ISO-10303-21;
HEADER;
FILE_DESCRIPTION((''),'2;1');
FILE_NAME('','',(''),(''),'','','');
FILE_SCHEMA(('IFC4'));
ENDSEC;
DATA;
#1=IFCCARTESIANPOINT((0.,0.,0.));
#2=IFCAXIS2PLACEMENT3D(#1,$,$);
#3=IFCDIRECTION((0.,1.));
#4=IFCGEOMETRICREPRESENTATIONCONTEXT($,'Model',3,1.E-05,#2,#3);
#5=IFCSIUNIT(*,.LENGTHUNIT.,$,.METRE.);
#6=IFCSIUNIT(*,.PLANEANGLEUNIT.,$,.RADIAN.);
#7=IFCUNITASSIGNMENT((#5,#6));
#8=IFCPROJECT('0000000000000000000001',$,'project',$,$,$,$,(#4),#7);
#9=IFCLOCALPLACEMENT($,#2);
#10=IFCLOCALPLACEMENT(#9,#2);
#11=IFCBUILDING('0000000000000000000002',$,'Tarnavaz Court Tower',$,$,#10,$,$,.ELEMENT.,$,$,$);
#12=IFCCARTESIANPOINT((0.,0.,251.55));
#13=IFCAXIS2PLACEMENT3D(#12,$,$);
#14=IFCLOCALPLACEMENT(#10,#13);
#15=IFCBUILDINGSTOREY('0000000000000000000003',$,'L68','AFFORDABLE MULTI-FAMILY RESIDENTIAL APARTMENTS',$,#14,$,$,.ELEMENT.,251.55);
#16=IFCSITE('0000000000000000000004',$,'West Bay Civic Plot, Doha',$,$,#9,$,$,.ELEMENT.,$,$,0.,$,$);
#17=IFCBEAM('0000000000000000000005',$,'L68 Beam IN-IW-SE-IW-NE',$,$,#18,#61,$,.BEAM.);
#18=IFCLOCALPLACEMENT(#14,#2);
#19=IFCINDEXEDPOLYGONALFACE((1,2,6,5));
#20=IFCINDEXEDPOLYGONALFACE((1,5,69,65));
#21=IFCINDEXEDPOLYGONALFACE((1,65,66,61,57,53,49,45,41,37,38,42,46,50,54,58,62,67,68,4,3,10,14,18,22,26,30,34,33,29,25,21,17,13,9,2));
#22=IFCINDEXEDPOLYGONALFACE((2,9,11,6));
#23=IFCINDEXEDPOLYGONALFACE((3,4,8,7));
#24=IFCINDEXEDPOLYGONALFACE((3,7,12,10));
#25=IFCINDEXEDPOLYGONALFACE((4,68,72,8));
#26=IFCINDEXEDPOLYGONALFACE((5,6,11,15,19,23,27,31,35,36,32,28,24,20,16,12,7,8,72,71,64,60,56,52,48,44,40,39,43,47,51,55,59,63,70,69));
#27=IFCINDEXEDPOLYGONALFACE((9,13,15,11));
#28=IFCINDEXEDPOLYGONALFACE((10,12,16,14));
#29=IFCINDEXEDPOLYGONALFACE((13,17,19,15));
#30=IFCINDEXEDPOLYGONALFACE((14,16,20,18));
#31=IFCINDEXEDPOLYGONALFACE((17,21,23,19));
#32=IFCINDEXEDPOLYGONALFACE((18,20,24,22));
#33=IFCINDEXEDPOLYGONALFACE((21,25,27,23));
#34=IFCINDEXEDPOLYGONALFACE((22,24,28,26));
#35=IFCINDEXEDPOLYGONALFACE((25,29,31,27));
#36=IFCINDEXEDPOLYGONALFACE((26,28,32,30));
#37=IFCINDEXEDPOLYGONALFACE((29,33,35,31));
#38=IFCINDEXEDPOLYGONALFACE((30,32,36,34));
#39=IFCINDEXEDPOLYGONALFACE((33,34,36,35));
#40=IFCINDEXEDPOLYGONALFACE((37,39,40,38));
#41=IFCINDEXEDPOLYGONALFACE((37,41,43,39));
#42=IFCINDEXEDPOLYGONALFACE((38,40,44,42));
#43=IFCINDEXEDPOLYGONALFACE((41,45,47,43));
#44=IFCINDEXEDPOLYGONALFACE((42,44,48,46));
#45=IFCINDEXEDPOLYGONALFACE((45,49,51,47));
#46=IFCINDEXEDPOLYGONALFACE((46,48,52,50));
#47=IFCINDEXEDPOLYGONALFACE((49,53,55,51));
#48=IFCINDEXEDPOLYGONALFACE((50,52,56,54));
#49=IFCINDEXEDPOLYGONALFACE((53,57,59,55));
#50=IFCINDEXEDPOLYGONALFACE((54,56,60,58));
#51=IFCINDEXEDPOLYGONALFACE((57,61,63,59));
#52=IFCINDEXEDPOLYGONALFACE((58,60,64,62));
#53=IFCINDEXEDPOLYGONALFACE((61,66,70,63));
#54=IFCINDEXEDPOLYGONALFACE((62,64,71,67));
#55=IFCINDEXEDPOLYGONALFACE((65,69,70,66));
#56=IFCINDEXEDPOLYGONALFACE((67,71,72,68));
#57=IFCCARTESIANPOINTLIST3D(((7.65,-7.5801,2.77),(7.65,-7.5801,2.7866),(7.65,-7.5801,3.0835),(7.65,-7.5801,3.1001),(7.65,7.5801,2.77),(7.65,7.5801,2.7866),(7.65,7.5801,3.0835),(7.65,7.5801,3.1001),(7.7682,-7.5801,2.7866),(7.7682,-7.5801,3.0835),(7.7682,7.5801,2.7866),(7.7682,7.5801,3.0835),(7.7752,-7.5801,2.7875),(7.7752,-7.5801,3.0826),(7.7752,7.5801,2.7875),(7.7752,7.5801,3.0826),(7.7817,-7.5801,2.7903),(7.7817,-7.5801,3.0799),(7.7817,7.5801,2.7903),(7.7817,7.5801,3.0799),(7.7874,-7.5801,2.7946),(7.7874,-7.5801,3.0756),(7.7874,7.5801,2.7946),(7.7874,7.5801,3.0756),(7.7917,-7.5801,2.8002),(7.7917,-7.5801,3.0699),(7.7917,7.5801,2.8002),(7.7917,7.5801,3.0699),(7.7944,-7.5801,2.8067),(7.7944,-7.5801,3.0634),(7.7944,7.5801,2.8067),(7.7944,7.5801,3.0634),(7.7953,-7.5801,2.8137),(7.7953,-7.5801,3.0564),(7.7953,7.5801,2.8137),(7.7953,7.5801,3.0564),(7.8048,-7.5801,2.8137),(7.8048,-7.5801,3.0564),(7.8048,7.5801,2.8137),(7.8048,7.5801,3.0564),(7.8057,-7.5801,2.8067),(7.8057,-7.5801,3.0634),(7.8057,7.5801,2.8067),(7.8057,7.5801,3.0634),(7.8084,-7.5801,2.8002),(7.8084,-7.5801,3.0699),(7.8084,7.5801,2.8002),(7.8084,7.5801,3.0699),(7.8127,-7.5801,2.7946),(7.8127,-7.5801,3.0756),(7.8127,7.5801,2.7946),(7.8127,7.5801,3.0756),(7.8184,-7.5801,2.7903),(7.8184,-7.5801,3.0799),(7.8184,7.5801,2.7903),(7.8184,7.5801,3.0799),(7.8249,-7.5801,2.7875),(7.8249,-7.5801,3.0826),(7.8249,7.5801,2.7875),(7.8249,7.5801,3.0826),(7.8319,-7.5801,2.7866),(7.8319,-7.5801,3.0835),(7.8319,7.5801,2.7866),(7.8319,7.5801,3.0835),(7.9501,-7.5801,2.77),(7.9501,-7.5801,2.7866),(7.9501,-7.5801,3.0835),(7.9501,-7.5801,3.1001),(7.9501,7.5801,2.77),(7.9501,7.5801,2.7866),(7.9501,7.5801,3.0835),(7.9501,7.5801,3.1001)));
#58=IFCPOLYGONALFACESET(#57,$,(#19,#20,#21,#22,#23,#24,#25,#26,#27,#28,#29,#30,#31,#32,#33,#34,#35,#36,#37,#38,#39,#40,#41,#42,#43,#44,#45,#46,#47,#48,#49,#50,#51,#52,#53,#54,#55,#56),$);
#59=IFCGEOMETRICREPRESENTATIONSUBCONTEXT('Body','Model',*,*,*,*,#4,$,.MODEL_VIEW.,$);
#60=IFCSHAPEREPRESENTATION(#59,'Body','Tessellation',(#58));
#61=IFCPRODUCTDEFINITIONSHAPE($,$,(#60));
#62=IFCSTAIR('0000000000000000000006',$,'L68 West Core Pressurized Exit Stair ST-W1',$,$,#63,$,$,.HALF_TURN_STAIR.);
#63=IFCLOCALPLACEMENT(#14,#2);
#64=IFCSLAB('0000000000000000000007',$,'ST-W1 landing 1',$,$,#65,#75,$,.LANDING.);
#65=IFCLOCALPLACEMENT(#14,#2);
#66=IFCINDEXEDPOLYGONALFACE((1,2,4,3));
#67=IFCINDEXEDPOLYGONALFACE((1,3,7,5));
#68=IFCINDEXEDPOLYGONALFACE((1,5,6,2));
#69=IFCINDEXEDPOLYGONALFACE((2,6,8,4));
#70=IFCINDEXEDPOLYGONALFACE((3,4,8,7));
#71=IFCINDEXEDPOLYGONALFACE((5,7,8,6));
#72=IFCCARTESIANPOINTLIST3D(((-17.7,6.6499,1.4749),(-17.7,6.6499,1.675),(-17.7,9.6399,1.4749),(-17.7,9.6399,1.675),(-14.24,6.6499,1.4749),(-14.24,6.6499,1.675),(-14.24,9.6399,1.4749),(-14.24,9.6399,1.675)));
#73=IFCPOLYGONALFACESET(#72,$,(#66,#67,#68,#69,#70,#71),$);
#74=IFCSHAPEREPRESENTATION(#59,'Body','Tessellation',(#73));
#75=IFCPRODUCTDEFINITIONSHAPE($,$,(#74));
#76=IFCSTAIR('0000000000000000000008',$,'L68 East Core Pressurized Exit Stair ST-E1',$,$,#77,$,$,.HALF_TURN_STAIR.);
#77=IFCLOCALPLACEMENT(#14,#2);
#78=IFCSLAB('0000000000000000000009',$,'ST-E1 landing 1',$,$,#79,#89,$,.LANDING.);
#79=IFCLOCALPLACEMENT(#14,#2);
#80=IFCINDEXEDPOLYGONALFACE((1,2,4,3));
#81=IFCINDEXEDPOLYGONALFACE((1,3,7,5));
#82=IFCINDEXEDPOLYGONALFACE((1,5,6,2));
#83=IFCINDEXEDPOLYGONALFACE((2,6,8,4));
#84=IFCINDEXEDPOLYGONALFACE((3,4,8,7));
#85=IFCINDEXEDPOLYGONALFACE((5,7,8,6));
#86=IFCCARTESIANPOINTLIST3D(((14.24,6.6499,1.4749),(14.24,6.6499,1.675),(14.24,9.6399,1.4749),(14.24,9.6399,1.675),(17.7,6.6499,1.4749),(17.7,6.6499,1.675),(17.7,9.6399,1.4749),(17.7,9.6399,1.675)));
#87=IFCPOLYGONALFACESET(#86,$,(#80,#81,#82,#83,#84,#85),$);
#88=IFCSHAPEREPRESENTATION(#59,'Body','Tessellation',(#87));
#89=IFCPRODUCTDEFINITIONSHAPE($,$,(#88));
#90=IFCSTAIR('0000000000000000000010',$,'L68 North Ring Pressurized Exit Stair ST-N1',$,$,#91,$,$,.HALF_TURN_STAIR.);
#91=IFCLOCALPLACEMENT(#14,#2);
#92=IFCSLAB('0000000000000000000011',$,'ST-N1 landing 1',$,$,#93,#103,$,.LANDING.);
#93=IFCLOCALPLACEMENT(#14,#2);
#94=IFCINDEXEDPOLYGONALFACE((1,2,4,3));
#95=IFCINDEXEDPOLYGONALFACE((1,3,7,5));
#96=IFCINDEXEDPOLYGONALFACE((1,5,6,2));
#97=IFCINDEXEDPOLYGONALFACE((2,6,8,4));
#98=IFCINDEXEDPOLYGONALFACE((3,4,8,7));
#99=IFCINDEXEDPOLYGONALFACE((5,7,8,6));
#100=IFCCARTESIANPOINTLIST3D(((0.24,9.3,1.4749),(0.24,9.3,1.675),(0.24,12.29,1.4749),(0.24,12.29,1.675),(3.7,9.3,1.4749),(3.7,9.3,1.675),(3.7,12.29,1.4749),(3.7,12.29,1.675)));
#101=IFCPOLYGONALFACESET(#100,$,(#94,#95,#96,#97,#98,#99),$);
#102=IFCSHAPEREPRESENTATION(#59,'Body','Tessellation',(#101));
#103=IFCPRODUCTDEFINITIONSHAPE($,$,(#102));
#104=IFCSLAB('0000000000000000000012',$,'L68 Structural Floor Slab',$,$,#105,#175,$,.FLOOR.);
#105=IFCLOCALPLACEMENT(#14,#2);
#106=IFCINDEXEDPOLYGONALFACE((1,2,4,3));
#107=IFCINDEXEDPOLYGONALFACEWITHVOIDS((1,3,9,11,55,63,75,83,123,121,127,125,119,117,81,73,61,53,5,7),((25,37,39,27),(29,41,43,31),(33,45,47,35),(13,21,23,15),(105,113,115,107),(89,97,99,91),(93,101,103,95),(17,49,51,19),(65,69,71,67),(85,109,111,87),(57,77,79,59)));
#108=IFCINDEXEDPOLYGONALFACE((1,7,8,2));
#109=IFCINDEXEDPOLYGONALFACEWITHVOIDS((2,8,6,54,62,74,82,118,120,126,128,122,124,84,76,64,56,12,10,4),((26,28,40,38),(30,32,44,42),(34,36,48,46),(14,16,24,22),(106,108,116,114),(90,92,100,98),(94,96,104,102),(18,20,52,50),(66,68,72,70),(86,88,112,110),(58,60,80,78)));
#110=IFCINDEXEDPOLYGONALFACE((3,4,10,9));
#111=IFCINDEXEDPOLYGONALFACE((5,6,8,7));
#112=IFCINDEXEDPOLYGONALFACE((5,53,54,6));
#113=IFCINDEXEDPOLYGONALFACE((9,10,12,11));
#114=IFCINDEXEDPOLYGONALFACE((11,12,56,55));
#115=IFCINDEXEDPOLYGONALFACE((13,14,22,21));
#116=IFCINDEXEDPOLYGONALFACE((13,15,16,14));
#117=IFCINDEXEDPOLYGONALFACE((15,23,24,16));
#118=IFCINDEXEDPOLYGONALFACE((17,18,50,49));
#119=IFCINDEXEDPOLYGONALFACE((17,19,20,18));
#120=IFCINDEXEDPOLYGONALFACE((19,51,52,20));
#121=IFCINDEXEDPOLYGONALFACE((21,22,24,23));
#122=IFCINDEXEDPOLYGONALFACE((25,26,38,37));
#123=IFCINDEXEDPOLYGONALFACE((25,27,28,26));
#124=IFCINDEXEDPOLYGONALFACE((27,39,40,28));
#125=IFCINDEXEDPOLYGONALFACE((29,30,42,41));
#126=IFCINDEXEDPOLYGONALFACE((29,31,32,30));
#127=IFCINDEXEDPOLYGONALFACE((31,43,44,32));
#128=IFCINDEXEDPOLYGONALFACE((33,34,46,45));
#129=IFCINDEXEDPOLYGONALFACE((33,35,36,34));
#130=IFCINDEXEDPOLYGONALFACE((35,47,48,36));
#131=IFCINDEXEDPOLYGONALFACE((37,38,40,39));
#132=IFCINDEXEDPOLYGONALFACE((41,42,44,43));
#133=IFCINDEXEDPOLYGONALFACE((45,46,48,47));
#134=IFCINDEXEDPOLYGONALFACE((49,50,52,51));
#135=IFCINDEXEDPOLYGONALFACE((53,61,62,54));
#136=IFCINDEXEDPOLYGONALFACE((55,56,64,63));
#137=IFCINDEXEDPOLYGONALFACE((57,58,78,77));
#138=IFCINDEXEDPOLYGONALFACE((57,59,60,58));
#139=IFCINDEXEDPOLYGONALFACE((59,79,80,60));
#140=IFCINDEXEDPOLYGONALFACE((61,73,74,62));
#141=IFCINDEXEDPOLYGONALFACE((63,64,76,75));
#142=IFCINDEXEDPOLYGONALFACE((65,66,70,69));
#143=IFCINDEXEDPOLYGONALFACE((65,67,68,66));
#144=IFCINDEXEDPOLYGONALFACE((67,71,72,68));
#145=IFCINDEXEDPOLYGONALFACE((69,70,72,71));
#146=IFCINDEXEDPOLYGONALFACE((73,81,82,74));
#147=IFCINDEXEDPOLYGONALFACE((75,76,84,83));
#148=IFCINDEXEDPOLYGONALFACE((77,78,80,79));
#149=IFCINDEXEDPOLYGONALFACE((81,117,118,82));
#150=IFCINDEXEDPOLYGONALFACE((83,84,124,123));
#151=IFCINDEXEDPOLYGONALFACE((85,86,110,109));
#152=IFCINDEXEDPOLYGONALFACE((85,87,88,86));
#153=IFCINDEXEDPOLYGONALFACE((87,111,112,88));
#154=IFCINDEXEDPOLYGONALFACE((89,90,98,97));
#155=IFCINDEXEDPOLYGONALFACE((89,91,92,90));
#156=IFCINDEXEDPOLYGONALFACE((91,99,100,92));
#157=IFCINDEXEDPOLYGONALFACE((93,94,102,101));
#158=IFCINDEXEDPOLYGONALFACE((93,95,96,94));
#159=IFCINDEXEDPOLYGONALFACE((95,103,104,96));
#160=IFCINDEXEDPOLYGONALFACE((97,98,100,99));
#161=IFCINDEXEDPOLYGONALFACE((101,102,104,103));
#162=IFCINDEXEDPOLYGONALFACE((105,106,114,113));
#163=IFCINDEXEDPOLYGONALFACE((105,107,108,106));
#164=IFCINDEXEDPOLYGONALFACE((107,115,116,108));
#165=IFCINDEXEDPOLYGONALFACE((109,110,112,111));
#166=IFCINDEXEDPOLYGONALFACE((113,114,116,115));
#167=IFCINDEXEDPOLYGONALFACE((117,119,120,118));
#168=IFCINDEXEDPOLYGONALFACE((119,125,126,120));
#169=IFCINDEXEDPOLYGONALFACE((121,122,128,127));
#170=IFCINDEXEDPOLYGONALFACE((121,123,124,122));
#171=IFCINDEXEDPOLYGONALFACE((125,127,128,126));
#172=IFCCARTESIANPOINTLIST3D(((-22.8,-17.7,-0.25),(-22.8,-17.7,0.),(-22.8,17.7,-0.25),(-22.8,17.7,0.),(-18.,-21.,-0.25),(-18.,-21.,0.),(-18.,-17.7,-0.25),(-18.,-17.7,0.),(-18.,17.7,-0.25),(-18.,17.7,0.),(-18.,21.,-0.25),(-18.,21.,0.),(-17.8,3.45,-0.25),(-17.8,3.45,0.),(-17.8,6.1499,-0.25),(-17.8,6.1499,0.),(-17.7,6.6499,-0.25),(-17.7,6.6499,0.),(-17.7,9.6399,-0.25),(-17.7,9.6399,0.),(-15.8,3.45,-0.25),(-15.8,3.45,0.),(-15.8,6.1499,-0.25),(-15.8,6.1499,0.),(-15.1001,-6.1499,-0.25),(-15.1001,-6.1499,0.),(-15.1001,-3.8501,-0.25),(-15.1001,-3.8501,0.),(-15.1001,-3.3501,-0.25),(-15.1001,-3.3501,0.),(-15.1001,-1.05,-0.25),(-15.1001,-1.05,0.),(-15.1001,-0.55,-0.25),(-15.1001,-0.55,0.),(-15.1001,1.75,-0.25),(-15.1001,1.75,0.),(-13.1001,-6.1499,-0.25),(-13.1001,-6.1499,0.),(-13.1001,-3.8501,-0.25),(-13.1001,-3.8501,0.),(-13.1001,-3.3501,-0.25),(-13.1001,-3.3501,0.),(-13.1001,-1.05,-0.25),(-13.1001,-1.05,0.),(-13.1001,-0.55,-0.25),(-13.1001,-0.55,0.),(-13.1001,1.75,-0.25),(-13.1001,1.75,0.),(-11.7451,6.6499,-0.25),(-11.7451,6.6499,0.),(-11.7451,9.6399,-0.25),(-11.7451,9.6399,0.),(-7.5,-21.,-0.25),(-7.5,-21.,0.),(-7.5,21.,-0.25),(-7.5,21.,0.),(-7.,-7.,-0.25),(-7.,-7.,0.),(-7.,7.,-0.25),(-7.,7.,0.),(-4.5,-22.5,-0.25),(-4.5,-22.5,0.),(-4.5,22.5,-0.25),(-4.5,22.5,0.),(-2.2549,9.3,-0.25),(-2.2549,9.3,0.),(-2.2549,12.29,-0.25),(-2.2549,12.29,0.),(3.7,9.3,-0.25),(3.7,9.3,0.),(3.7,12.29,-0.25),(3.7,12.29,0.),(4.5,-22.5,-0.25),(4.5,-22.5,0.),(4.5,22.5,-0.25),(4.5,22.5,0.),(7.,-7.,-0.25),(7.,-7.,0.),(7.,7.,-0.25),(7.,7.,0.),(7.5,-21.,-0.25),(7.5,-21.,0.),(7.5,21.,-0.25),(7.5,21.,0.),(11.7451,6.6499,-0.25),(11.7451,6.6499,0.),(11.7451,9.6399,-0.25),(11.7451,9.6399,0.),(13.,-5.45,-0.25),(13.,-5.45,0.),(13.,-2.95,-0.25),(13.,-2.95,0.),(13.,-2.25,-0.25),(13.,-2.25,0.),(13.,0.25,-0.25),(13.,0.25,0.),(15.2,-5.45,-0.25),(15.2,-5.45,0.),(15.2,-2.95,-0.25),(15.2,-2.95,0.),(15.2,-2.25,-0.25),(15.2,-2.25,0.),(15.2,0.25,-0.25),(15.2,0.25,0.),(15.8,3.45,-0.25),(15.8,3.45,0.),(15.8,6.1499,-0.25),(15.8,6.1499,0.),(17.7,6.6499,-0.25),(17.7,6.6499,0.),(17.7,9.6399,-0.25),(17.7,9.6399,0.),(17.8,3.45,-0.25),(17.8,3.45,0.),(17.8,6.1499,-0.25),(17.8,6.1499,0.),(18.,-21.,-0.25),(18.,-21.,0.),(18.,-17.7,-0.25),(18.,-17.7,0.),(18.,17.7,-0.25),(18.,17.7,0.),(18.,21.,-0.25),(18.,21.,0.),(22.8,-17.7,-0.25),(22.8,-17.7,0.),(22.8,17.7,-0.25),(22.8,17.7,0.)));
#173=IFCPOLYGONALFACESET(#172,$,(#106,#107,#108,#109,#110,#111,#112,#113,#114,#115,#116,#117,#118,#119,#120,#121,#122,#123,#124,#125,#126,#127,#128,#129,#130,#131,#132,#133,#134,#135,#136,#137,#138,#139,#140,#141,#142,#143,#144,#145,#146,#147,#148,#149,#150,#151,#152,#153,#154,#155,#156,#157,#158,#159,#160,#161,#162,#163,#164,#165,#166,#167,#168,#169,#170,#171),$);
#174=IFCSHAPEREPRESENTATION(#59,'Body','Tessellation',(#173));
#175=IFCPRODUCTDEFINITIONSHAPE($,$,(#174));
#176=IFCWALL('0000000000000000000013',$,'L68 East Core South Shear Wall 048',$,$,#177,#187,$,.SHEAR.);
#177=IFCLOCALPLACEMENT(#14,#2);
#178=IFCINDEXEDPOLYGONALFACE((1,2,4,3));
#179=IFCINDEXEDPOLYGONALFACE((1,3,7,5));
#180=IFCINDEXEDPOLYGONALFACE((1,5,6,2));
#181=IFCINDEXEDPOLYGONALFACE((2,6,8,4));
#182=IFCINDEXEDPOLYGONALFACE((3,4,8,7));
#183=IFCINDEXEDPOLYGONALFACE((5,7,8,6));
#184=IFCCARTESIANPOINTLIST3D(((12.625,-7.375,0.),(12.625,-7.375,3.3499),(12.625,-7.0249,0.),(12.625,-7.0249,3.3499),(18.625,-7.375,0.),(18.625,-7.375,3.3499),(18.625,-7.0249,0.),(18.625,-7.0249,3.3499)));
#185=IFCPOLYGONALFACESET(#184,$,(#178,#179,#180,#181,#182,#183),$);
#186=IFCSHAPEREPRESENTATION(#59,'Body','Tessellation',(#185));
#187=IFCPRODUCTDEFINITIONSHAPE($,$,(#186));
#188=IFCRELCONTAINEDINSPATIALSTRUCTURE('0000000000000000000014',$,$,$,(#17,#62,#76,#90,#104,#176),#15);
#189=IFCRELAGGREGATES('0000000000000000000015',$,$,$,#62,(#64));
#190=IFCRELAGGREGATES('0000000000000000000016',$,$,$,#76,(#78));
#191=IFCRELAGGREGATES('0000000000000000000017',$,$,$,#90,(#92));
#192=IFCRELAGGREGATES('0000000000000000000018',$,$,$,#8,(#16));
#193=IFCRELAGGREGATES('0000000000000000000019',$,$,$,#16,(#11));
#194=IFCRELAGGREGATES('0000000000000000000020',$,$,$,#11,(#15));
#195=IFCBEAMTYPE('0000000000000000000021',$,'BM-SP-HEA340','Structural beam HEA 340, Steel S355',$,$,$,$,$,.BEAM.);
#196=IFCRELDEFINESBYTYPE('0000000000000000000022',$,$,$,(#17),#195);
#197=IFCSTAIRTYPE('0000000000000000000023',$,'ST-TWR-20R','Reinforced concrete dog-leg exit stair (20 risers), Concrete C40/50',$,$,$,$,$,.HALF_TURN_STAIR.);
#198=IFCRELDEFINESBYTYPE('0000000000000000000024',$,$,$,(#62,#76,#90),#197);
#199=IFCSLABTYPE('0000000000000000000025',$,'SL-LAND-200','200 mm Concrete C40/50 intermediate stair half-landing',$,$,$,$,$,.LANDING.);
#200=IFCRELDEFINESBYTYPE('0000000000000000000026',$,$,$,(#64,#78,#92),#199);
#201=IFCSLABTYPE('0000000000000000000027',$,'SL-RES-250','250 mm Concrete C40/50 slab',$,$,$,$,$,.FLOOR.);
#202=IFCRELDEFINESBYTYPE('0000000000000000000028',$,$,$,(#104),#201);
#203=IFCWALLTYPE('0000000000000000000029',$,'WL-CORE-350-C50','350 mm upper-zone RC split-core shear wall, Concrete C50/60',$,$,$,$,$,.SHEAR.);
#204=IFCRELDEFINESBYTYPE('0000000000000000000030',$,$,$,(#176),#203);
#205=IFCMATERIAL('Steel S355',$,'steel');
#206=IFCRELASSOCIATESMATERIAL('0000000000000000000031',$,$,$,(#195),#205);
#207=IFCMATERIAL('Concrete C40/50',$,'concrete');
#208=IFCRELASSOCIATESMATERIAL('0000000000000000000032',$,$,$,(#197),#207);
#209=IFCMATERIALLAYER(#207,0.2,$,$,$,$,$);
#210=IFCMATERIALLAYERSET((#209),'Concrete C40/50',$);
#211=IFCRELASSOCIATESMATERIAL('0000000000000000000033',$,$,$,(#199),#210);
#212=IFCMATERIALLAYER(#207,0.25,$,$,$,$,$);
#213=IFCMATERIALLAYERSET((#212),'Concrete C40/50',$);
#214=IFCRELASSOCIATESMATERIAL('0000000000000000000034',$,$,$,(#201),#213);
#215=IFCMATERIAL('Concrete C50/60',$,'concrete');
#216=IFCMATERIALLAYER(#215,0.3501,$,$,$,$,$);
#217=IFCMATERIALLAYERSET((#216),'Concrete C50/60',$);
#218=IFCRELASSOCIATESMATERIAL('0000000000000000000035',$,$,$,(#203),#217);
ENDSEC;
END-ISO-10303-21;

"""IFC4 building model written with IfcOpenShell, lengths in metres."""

from ifc_helpers import new_model, si_unit, direction, frame, frame_2d, origin, origin_2d, place, context, subcontext, project, spatial, polyline, rectangle, i_section, outline, extrude, material, layer, layer_set, material_profile, profile_set, type_object, element, aggregate, save


model = new_model("IFC4")

# Units and contexts
model_context = context("Model", 3, precision=1e-05, world=origin(), true_north=direction((0.0, 1.0)))
body_context = subcontext(model_context, "Body", "Model", "MODEL_VIEW")
ifc_project = project(units=[si_unit("LENGTHUNIT", "METRE"), si_unit("PLANEANGLEUNIT", "RADIAN")], contexts=[model_context])

# Site, building, storey
site_placement = place(None, origin())
site = spatial("IfcSite", under=ifc_project, at=site_placement, Name="West Bay Civic Plot, Doha", CompositionType="ELEMENT", RefElevation=0.0)
building_placement = place(site_placement, origin())
building = spatial("IfcBuilding", under=site, at=building_placement, Name="Tarnavaz Court Tower", CompositionType="ELEMENT")
storey_placement = place(building_placement, frame((0.0, 0.0, 251.55)))
storey = spatial("IfcBuildingStorey", under=building, at=storey_placement, Name="L68", Description="AFFORDABLE MULTI-FAMILY RESIDENTIAL APARTMENTS", CompositionType="ELEMENT", Elevation=251.55)

# Shared definitions
ifc_material_1 = material(Name="Concrete C50/60", Category="concrete")

# Beam
ifc_material_2 = material(Name="Steel S355", Category="steel")
ifc_material_profile_1 = material_profile(ifc_material_2, i_section(OverallWidth=0.3, OverallDepth=0.3301, WebThickness=0.0095, FlangeThickness=0.0166, FilletRadius=0.0271, at=origin_2d()), Name="HEA 340")
ifc_profile_set_1 = profile_set([ifc_material_profile_1], Name="Steel S355")
beam_type_1 = type_object("IfcBeamType", Name="BM-SP-HEA340", Description="Structural beam HEA 340, Steel S355", PredefinedType="BEAM", material=ifc_profile_set_1)
beam_1_placement = place(storey_placement, frame((7.8, -7.5801, 2.9351), z_axis=(0.0, 1.0, 0.0), x_axis=(-1.0, 0.0, 0.0)))
element("IfcBeam", 1, at=beam_1_placement, inside=storey, type_object=beam_type_1, Name="L68 Beam IN-IW-SE-IW-NE", PredefinedType="BEAM", context=body_context, shape_type="SweptSolid", body=[
    extrude(i_section(OverallWidth=0.3, OverallDepth=0.3301, WebThickness=0.0095, FlangeThickness=0.0166, FilletRadius=0.0271, at=origin_2d()), origin(), (0.0, 0.0, 1.0), 15.1602),
])

# Stairs, slabs
ifc_material_3 = material(Name="Concrete C40/50", Category="concrete")
stair_type = type_object("IfcStairType", Name="ST-TWR-20R", Description="Reinforced concrete dog-leg exit stair (20 risers), Concrete C40/50", PredefinedType="HALF_TURN_STAIR", material=ifc_material_3)
stair_1_placement = place(storey_placement, origin())
stair_1 = element("IfcStair", 2, at=stair_1_placement, inside=storey, type_object=stair_type, Name="L68 West Core Pressurized Exit Stair ST-W1", PredefinedType="HALF_TURN_STAIR")
ifc_layer_1 = layer(ifc_material_3, 0.2)
ifc_layer_set_1 = layer_set([ifc_layer_1], Name="Concrete C40/50")
slab_type_1 = type_object("IfcSlabType", Name="SL-LAND-200", Description="200 mm Concrete C40/50 intermediate stair half-landing", PredefinedType="LANDING", material=ifc_layer_set_1)
slab_1_placement = place(storey_placement, frame((0.0, 0.0, 1.4749)))
slab_1 = element("IfcSlab", 3, at=slab_1_placement, type_object=slab_type_1, Name="ST-W1 landing 1", PredefinedType="LANDING", context=body_context, shape_type="SweptSolid", body=[
    extrude(outline(polyline([(-14.24, 9.6399), (-17.7, 9.6399), (-17.7, 6.6499), (-14.24, 6.6499), (-14.24, 9.6399)])), origin(), (0.0, 0.0, 1.0), 0.2002),
])
aggregate(stair_1, [slab_1])
stair_2_placement = place(storey_placement, origin())
stair_2 = element("IfcStair", 4, at=stair_2_placement, inside=storey, type_object=stair_type, Name="L68 East Core Pressurized Exit Stair ST-E1", PredefinedType="HALF_TURN_STAIR")
slab_2_placement = place(storey_placement, frame((0.0, 0.0, 1.4749)))
slab_2 = element("IfcSlab", 5, at=slab_2_placement, type_object=slab_type_1, Name="ST-E1 landing 1", PredefinedType="LANDING", context=body_context, shape_type="SweptSolid", body=[
    extrude(outline(polyline([(14.24, 6.6499), (17.7, 6.6499), (17.7, 9.6399), (14.24, 9.6399), (14.24, 6.6499)])), origin(), (0.0, 0.0, 1.0), 0.2002),
])
aggregate(stair_2, [slab_2])
stair_3_placement = place(storey_placement, origin())
stair_3 = element("IfcStair", 6, at=stair_3_placement, inside=storey, type_object=stair_type, Name="L68 North Ring Pressurized Exit Stair ST-N1", PredefinedType="HALF_TURN_STAIR")
slab_3_placement = place(storey_placement, frame((0.0, 0.0, 1.4749)))
slab_3 = element("IfcSlab", 7, at=slab_3_placement, type_object=slab_type_1, Name="ST-N1 landing 1", PredefinedType="LANDING", context=body_context, shape_type="SweptSolid", body=[
    extrude(outline(polyline([(0.24, 9.3), (3.7, 9.3), (3.7, 12.29), (0.24, 12.29), (0.24, 9.3)])), origin(), (0.0, 0.0, 1.0), 0.2002),
])
aggregate(stair_3, [slab_3])

# Slab
ifc_layer_2 = layer(ifc_material_3, 0.25)
ifc_layer_set_2 = layer_set([ifc_layer_2], Name="Concrete C40/50")
slab_type_2 = type_object("IfcSlabType", Name="SL-RES-250", Description="250 mm Concrete C40/50 slab", PredefinedType="FLOOR", material=ifc_layer_set_2)
slab_4_placement = place(storey_placement, frame((0.0, 0.0, -0.25)))
element("IfcSlab", 8, at=slab_4_placement, inside=storey, type_object=slab_type_2, Name="L68 Structural Floor Slab", PredefinedType="FLOOR", context=body_context, shape_type="SweptSolid", body=[
    extrude(outline(polyline([(-18.0, -21.0), (-7.5, -21.0), (-4.5, -22.5), (4.5, -22.5), (7.5, -21.0), (18.0, -21.0), (18.0, -17.7), (22.8, -17.7), (22.8, 17.7), (18.0, 17.7), (18.0, 21.0), (7.5, 21.0), (4.5, 22.5), (-4.5, 22.5), (-7.5, 21.0), (-18.0, 21.0), (-18.0, 17.7), (-22.8, 17.7), (-22.8, -17.7), (-18.0, -17.7), (-18.0, -21.0)]), holes=[polyline([(-7.0, -7.0), (7.0, -7.0), (7.0, 7.0), (-7.0, 7.0), (-7.0, -7.0)]), polyline([(-11.7451, 9.6399), (-17.7, 9.6399), (-17.7, 6.6499), (-11.7451, 6.6499), (-11.7451, 9.6399)]), polyline([(11.7451, 6.6499), (17.7, 6.6499), (17.7, 9.6399), (11.7451, 9.6399), (11.7451, 6.6499)]), polyline([(-2.2549, 9.3), (3.7, 9.3), (3.7, 12.29), (-2.2549, 12.29), (-2.2549, 9.3)]), polyline([(-17.8, 3.45), (-15.8, 3.45), (-15.8, 6.1499), (-17.8, 6.1499), (-17.8, 3.45)]), polyline([(-15.1001, -6.1499), (-13.1001, -6.1499), (-13.1001, -3.8501), (-15.1001, -3.8501), (-15.1001, -6.1499)]), polyline([(-15.1001, -3.3501), (-13.1001, -3.3501), (-13.1001, -1.05), (-15.1001, -1.05), (-15.1001, -3.3501)]), polyline([(-15.1001, -0.55), (-13.1001, -0.55), (-13.1001, 1.75), (-15.1001, 1.75), (-15.1001, -0.55)]), polyline([(15.8, 3.45), (17.8, 3.45), (17.8, 6.1499), (15.8, 6.1499), (15.8, 3.45)]), polyline([(13.0, -5.45), (15.2, -5.45), (15.2, -2.95), (13.0, -2.95), (13.0, -5.45)]), polyline([(13.0, -2.25), (15.2, -2.25), (15.2, 0.25), (13.0, 0.25), (13.0, -2.25)])]), origin(), (0.0, 0.0, 1.0), 0.25),
])

# Wall
ifc_layer_3 = layer(ifc_material_1, 0.3501)
ifc_layer_set_3 = layer_set([ifc_layer_3], Name="Concrete C50/60")
wall_type_1 = type_object("IfcWallType", Name="WL-CORE-350-C50", Description="350 mm upper-zone RC split-core shear wall, Concrete C50/60", PredefinedType="SHEAR", material=ifc_layer_set_3)
wall_1_placement = place(storey_placement, frame((12.625, -7.2, 0.0), z_axis=(0.0, 0.0, 1.0), x_axis=(1.0, 0.0, 0.0)))
element("IfcWall", 9, at=wall_1_placement, inside=storey, type_object=wall_type_1, Name="L68 East Core South Shear Wall 048", PredefinedType="SHEAR", context=body_context, shape_type="SweptSolid", body=[
    extrude(rectangle(XDim=6.0, YDim=0.3501, at=frame_2d((3.0, 0.0))), origin(), (0.0, 0.0, 1.0), 3.3499),
])

save(model, "model.ifc")
